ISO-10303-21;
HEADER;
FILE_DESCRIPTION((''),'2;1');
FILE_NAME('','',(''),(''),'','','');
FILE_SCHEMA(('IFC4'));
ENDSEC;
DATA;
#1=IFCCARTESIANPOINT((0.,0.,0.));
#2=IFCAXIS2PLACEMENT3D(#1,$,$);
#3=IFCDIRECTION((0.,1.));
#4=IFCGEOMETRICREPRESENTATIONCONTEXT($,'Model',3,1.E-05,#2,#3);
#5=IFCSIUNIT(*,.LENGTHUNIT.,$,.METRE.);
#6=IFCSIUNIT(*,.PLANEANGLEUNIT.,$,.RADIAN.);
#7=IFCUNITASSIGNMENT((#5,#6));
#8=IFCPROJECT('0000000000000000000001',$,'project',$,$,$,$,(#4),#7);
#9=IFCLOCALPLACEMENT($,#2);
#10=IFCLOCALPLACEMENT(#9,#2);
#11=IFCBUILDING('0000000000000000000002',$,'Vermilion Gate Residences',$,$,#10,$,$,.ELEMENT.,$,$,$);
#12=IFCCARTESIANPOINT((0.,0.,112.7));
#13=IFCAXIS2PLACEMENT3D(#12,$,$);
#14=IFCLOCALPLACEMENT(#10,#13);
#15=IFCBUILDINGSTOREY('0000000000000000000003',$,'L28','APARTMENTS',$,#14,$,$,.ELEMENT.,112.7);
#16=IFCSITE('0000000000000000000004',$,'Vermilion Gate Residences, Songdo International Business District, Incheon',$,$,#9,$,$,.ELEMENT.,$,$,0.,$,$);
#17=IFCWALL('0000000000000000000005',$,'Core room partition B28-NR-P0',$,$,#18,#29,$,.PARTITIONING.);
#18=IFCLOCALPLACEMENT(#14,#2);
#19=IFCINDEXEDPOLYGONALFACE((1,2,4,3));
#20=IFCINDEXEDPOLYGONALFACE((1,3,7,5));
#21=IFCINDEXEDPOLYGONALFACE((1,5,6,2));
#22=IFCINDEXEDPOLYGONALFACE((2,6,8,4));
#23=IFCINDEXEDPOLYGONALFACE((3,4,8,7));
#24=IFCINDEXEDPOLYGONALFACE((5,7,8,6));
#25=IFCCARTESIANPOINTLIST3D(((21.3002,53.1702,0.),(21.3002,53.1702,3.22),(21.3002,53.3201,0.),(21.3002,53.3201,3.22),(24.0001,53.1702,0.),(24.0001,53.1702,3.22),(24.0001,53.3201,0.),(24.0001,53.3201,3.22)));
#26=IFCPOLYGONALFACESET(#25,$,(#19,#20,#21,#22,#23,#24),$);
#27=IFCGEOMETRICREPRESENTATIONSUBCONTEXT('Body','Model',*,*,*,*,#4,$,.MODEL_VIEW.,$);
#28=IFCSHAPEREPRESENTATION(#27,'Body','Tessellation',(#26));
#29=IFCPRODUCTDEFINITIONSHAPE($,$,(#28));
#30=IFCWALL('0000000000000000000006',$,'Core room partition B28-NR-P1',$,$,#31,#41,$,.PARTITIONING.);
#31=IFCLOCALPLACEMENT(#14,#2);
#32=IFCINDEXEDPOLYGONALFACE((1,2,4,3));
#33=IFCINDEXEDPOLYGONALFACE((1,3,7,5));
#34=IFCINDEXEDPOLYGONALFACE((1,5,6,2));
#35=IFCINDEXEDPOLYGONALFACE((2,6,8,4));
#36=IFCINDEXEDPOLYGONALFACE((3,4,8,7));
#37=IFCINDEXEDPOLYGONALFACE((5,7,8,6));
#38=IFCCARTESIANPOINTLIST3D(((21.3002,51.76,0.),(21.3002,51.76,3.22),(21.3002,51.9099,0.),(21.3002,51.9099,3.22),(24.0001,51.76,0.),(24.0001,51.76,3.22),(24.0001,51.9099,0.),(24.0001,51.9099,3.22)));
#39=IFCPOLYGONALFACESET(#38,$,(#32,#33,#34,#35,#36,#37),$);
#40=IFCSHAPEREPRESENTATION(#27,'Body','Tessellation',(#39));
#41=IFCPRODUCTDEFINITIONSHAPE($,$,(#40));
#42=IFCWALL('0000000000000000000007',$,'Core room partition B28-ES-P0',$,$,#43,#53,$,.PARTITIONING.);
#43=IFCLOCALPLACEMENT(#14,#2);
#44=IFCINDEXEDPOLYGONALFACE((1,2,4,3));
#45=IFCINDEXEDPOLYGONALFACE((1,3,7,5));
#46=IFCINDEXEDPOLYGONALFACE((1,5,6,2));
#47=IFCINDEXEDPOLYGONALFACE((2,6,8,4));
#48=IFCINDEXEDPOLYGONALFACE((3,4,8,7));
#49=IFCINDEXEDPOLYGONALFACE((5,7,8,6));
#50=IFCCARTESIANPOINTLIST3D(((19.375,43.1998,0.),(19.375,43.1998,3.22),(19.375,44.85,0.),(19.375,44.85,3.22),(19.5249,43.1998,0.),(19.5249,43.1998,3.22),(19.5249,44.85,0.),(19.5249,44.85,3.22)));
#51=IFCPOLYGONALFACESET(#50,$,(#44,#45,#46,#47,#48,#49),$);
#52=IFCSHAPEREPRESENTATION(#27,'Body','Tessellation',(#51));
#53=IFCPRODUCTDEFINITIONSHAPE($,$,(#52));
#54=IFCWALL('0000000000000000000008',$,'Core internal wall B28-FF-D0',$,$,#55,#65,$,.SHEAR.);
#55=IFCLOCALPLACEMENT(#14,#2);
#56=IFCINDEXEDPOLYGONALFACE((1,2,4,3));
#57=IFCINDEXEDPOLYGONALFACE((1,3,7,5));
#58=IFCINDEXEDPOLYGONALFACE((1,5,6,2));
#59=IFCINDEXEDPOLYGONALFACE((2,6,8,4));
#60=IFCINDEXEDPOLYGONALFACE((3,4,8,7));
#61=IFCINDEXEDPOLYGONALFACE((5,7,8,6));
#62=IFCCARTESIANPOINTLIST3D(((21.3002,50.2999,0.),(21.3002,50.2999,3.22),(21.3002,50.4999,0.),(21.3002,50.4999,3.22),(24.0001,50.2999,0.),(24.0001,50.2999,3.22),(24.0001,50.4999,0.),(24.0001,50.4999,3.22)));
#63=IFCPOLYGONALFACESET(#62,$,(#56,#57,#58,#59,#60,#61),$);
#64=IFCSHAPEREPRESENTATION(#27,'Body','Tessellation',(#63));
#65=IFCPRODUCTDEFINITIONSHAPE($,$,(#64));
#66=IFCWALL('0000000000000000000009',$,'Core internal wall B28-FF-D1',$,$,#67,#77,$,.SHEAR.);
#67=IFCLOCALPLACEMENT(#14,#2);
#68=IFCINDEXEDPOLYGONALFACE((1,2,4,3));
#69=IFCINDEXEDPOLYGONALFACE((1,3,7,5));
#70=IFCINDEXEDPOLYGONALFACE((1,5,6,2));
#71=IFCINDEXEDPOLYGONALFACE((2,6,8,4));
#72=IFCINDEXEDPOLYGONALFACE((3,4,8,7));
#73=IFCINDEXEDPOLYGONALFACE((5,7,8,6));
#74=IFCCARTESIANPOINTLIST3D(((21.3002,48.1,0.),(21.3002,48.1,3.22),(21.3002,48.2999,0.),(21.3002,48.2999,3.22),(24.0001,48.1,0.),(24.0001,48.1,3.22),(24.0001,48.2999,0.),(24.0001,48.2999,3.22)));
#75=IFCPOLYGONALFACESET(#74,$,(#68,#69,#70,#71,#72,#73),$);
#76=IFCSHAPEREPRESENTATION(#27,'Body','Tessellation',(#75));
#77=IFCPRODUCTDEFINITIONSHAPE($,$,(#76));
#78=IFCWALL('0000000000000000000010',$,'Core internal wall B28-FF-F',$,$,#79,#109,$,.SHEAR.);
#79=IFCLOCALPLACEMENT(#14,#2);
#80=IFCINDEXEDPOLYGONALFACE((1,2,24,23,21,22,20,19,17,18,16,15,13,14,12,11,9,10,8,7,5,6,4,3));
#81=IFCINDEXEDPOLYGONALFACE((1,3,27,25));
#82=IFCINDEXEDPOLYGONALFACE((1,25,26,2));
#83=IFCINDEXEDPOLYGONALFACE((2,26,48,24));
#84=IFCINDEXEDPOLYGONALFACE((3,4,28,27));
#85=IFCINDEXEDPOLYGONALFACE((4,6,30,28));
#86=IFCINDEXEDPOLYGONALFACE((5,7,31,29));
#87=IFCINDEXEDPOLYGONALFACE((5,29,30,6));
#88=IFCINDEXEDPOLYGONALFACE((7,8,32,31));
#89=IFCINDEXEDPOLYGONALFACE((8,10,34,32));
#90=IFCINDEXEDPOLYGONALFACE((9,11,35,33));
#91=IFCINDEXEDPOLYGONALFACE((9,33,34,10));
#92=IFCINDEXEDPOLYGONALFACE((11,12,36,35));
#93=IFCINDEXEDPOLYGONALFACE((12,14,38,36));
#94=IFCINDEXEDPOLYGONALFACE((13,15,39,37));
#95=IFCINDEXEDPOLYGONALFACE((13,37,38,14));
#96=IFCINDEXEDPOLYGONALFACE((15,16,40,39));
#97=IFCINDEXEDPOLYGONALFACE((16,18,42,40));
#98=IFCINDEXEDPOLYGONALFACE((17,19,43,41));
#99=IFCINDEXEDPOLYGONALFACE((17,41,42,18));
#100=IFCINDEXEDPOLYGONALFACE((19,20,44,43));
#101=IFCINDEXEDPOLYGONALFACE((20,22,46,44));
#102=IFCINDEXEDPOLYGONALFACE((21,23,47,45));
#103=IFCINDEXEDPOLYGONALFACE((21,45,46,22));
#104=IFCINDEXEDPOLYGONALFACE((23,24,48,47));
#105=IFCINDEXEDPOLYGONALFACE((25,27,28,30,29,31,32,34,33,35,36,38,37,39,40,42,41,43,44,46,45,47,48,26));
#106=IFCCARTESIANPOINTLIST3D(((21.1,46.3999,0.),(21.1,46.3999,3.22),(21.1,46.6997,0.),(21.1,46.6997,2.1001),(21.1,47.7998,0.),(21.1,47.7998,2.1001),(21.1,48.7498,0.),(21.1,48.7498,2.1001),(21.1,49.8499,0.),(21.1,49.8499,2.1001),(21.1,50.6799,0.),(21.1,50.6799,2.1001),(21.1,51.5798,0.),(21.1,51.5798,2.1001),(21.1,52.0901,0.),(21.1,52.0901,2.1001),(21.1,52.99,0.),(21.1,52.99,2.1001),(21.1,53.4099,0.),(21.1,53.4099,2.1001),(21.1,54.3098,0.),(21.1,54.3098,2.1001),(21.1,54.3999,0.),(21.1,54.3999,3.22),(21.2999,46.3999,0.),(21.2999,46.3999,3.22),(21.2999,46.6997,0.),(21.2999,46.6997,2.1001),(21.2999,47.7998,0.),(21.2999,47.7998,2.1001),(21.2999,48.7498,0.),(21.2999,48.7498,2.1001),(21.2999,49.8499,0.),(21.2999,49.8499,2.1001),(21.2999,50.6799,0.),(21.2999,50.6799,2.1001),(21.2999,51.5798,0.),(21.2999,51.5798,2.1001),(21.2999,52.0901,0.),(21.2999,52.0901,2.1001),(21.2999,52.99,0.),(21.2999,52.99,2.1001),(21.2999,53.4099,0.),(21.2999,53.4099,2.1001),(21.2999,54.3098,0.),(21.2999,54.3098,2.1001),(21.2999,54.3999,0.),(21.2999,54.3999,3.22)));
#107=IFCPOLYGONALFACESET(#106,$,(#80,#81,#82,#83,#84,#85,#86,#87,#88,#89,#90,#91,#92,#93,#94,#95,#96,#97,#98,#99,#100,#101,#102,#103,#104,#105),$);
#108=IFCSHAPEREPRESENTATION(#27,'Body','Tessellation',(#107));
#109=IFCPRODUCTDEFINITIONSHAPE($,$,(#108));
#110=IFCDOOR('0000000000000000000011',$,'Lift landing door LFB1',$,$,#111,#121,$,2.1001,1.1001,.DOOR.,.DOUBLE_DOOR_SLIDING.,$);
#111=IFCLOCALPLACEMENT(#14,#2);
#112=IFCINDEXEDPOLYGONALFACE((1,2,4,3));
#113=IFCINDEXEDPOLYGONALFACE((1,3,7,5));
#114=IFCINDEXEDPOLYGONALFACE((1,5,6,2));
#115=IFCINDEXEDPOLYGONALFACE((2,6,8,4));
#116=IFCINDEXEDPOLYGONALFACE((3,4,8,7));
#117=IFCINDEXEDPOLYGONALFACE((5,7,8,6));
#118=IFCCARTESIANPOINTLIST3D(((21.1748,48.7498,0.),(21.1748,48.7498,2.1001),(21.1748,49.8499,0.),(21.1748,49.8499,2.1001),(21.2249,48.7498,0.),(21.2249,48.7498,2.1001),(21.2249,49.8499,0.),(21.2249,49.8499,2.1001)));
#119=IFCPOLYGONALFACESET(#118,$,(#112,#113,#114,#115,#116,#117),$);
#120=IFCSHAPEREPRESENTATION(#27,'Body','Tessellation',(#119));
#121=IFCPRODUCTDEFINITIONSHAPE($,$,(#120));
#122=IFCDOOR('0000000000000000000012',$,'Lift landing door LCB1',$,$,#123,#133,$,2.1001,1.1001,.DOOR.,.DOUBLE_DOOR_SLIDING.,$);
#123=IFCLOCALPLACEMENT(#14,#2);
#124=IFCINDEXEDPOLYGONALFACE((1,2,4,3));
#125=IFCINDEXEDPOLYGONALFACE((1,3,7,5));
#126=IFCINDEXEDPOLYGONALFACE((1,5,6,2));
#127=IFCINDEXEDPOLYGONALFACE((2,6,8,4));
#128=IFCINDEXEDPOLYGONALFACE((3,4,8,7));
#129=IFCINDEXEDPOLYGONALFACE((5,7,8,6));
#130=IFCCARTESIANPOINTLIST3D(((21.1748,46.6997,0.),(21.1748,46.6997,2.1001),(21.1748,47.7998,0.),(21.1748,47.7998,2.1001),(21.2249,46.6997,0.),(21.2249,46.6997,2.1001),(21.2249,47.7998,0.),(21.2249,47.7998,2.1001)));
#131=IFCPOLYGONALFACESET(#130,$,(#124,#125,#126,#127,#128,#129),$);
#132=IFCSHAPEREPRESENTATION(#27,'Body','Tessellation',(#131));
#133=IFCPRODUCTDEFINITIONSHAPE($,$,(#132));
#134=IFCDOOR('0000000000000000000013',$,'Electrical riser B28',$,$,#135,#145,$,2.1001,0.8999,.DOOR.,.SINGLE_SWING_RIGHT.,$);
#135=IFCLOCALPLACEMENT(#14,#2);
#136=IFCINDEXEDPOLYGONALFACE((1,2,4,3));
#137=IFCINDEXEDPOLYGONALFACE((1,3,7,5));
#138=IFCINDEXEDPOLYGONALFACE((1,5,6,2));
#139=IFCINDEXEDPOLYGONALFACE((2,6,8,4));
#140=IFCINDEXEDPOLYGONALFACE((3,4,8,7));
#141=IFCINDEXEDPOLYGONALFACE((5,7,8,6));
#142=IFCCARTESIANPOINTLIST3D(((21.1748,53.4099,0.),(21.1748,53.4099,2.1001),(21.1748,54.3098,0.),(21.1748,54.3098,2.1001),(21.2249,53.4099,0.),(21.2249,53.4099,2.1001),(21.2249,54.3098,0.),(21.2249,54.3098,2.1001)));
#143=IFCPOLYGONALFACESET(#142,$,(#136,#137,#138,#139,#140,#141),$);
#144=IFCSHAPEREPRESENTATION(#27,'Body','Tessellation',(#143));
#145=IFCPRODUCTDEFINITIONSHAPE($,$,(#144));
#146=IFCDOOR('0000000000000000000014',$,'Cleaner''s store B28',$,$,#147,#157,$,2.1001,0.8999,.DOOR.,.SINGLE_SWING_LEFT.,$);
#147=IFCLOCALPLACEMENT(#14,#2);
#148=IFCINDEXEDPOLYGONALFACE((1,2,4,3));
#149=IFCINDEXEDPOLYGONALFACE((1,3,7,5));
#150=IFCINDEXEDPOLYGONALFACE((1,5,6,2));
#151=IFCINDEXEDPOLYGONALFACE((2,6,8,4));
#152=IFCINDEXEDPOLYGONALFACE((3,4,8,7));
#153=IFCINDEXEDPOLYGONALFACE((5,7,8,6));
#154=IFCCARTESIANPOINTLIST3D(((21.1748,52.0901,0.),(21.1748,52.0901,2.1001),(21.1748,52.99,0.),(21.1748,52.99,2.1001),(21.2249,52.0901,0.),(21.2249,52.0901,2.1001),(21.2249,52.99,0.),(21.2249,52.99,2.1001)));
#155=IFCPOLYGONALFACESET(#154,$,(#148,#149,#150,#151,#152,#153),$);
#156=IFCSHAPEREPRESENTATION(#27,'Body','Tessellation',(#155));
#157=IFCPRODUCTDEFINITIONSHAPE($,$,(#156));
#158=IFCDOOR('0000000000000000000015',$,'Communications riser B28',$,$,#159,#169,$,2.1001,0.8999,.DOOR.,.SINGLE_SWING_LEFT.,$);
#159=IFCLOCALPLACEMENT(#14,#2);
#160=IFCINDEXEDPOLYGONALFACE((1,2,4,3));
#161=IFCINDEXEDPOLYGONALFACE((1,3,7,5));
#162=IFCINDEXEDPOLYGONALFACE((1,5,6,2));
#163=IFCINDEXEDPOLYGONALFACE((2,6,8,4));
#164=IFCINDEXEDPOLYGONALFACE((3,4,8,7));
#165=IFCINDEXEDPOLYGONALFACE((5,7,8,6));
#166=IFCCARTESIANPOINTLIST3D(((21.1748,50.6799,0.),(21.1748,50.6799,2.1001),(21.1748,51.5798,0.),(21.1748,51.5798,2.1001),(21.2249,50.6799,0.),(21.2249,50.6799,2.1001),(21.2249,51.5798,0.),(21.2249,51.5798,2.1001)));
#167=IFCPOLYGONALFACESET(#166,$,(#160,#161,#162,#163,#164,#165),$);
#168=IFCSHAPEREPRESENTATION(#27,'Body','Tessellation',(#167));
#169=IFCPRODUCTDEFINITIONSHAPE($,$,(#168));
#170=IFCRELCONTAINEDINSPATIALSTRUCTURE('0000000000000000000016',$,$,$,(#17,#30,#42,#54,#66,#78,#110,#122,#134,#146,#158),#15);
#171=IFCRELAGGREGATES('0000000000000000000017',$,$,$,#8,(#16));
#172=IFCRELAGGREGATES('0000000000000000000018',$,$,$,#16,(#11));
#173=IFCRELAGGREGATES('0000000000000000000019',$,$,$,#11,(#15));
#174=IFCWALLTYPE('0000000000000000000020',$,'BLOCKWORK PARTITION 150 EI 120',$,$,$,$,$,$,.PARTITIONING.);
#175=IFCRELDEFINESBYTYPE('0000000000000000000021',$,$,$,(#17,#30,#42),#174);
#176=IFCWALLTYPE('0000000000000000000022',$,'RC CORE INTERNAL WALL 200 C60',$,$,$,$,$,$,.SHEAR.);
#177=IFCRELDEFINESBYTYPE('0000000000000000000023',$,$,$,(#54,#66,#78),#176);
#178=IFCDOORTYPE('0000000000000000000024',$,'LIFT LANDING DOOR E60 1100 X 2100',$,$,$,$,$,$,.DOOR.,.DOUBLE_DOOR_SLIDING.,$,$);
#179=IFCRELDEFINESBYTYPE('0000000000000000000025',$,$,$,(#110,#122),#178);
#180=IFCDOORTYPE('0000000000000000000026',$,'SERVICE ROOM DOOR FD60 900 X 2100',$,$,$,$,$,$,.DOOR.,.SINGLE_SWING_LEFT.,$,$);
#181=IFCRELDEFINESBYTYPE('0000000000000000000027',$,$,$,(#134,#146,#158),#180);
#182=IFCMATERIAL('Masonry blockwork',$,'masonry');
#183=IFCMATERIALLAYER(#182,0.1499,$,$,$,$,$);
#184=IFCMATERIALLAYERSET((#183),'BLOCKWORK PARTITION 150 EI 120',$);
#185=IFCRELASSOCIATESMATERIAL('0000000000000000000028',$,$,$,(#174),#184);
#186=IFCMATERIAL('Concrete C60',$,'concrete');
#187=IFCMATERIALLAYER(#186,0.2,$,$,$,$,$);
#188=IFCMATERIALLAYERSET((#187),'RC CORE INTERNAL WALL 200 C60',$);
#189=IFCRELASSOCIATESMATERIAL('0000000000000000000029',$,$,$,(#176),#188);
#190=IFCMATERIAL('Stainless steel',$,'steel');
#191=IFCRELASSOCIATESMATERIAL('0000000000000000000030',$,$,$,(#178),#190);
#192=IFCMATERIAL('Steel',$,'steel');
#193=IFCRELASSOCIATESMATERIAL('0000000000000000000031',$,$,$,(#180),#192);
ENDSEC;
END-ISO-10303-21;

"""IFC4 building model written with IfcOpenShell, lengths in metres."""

from ifc_helpers import new_model, si_unit, direction, frame, frame_2d, origin, place, context, subcontext, project, spatial, rectangle, extrude, material, layer, layer_set, type_object, element, fill, save


model = new_model("IFC4")

# Units and contexts
model_context = context("Model", 3, precision=1e-05, world=origin(), true_north=direction((0.0, 1.0)))
body_context = subcontext(model_context, "Body", "Model", "MODEL_VIEW")
ifc_project = project(units=[si_unit("LENGTHUNIT", "METRE"), si_unit("PLANEANGLEUNIT", "RADIAN")], contexts=[model_context])

# Site, building, storey
site_placement = place(None, origin())
site = spatial("IfcSite", under=ifc_project, at=site_placement, Name="Vermilion Gate Residences, Songdo International Business District, Incheon", CompositionType="ELEMENT", RefElevation=0.0)
building_placement = place(site_placement, origin())
building = spatial("IfcBuilding", under=site, at=building_placement, Name="Vermilion Gate Residences", CompositionType="ELEMENT")
storey_placement = place(building_placement, frame((0.0, 0.0, 112.7)))
storey = spatial("IfcBuildingStorey", under=building, at=storey_placement, Name="L28", Description="APARTMENTS", CompositionType="ELEMENT", Elevation=112.7)

# Walls
ifc_material_1 = material(Name="Masonry blockwork", Category="masonry")
ifc_layer_1 = layer(ifc_material_1, 0.1499)
ifc_layer_set_1 = layer_set([ifc_layer_1], Name="BLOCKWORK PARTITION 150 EI 120")
wall_type_1 = type_object("IfcWallType", Name="BLOCKWORK PARTITION 150 EI 120", PredefinedType="PARTITIONING", material=ifc_layer_set_1)
for number, where, z_axis, x_axis, name in (
    (1, (21.3, 53.2451, 0.0), (0.0, 0.0, 1.0), (1.0, 0.0, 0.0), "Core room partition B28-NR-P0"),
    (2, (21.3, 51.835, 0.0), (0.0, 0.0, 1.0), (1.0, 0.0, 0.0), "Core room partition B28-NR-P1"),
):
    element("IfcWall", number, at=place(storey_placement, frame(where, z_axis=z_axis, x_axis=x_axis)), inside=storey, type_object=wall_type_1, Name=name, PredefinedType="PARTITIONING", context=body_context, shape_type="SweptSolid", body=[
        extrude(rectangle(XDim=2.7, YDim=0.1499, at=frame_2d((1.3501, 0.0))), origin(), (0.0, 0.0, 1.0), 3.22),
    ])
wall_1_placement = place(storey_placement, frame((19.45, 44.8501, 0.0), z_axis=(0.0, 0.0, 1.0), x_axis=(0.0, -1.0, 0.0)))
element("IfcWall", 3, at=wall_1_placement, inside=storey, type_object=wall_type_1, Name="Core room partition B28-ES-P0", PredefinedType="PARTITIONING", context=body_context, shape_type="SweptSolid", body=[
    extrude(rectangle(XDim=1.6501, YDim=0.1499, at=frame_2d((0.8252, 0.0))), origin(), (0.0, 0.0, 1.0), 3.22),
])
ifc_material_2 = material(Name="Concrete C60", Category="concrete")
ifc_layer_2 = layer(ifc_material_2, 0.2)
ifc_layer_set_2 = layer_set([ifc_layer_2], Name="RC CORE INTERNAL WALL 200 C60")
wall_type_2 = type_object("IfcWallType", Name="RC CORE INTERNAL WALL 200 C60", PredefinedType="SHEAR", material=ifc_layer_set_2)
for number, where, z_axis, x_axis, name in (
    (4, (21.3, 50.3999, 0.0), (0.0, 0.0, 1.0), (1.0, 0.0, 0.0), "Core internal wall B28-FF-D0"),
    (5, (21.3, 48.2, 0.0), (0.0, 0.0, 1.0), (1.0, 0.0, 0.0), "Core internal wall B28-FF-D1"),
):
    element("IfcWall", number, at=place(storey_placement, frame(where, z_axis=z_axis, x_axis=x_axis)), inside=storey, type_object=wall_type_2, Name=name, PredefinedType="SHEAR", context=body_context, shape_type="SweptSolid", body=[
        extrude(rectangle(XDim=2.7, YDim=0.2, at=frame_2d((1.3501, 0.0))), origin(), (0.0, 0.0, 1.0), 3.22),
    ])

# Wall, openings, doors
wall_2_placement = place(storey_placement, frame((21.2, 54.3999, 0.0), z_axis=(0.0, 0.0, 1.0), x_axis=(0.0, -1.0, 0.0)))
wall_2 = element("IfcWall", 6, at=wall_2_placement, inside=storey, type_object=wall_type_2, Name="Core internal wall B28-FF-F", PredefinedType="SHEAR", context=body_context, shape_type="SweptSolid", body=[
    extrude(rectangle(XDim=8.0, YDim=0.2, at=frame_2d((4.0, 0.0))), origin(), (0.0, 0.0, 1.0), 3.22),
])
opening_1_placement = place(wall_2_placement, frame((0.0901, 0.0, 0.0)))
opening_1 = element("IfcOpeningElement", 7, at=opening_1_placement, cuts=wall_2, PredefinedType="OPENING", context=body_context, shape_type="SweptSolid", body=[
    extrude(rectangle(XDim=0.8999, YDim=2.1001, at=frame_2d((0.45, 1.05))), frame((0.0, 0.1099, 0.0), z_axis=(0.0, -1.0, 0.0), x_axis=(1.0, 0.0, 0.0)), (0.0, 0.0, 1.0), 0.22),
])
opening_2_placement = place(wall_2_placement, frame((1.4099, 0.0, 0.0)))
opening_2 = element("IfcOpeningElement", 8, at=opening_2_placement, cuts=wall_2, PredefinedType="OPENING", context=body_context, shape_type="SweptSolid", body=[
    extrude(rectangle(XDim=0.8999, YDim=2.1001, at=frame_2d((0.45, 1.05))), frame((0.0, 0.1099, 0.0), z_axis=(0.0, -1.0, 0.0), x_axis=(1.0, 0.0, 0.0)), (0.0, 0.0, 1.0), 0.22),
])
opening_3_placement = place(wall_2_placement, frame((2.8201, 0.0, 0.0)))
opening_3 = element("IfcOpeningElement", 9, at=opening_3_placement, cuts=wall_2, PredefinedType="OPENING", context=body_context, shape_type="SweptSolid", body=[
    extrude(rectangle(XDim=0.8999, YDim=2.1001, at=frame_2d((0.45, 1.05))), frame((0.0, 0.1099, 0.0), z_axis=(0.0, -1.0, 0.0), x_axis=(1.0, 0.0, 0.0)), (0.0, 0.0, 1.0), 0.22),
])
opening_4_placement = place(wall_2_placement, frame((4.55, 0.0, 0.0)))
opening_4 = element("IfcOpeningElement", 10, at=opening_4_placement, cuts=wall_2, PredefinedType="OPENING", context=body_context, shape_type="SweptSolid", body=[
    extrude(rectangle(XDim=1.1001, YDim=2.1001, at=frame_2d((0.55, 1.05))), frame((0.0, 0.1099, 0.0), z_axis=(0.0, -1.0, 0.0), x_axis=(1.0, 0.0, 0.0)), (0.0, 0.0, 1.0), 0.22),
])
opening_5_placement = place(wall_2_placement, frame((6.6001, 0.0, 0.0)))
opening_5 = element("IfcOpeningElement", 11, at=opening_5_placement, cuts=wall_2, PredefinedType="OPENING", context=body_context, shape_type="SweptSolid", body=[
    extrude(rectangle(XDim=1.1001, YDim=2.1001, at=frame_2d((0.55, 1.05))), frame((0.0, 0.1099, 0.0), z_axis=(0.0, -1.0, 0.0), x_axis=(1.0, 0.0, 0.0)), (0.0, 0.0, 1.0), 0.22),
])
ifc_material_3 = material(Name="Stainless steel", Category="steel")
door_type_1 = type_object("IfcDoorType", Name="LIFT LANDING DOOR E60 1100 X 2100", OperationType="DOUBLE_DOOR_SLIDING", PredefinedType="DOOR", material=ifc_material_3)
door_1_placement = place(opening_4_placement, origin())
door_1 = element("IfcDoor", 12, at=door_1_placement, inside=storey, type_object=door_type_1, Name="Lift landing door LFB1", OperationType="DOUBLE_DOOR_SLIDING", OverallHeight=2.1001, OverallWidth=1.1001, PredefinedType="DOOR", context=body_context, shape_type="SweptSolid", body=[
    extrude(rectangle(XDim=1.1001, YDim=2.1001, at=frame_2d((0.55, 1.05))), frame((0.0, 0.0249, 0.0), z_axis=(0.0, -1.0, 0.0), x_axis=(1.0, 0.0, 0.0)), (0.0, 0.0, 1.0), 0.05),
])
fill(opening_4, door_1)
door_2_placement = place(opening_5_placement, origin())
door_2 = element("IfcDoor", 13, at=door_2_placement, inside=storey, type_object=door_type_1, Name="Lift landing door LCB1", OperationType="DOUBLE_DOOR_SLIDING", OverallHeight=2.1001, OverallWidth=1.1001, PredefinedType="DOOR", context=body_context, shape_type="SweptSolid", body=[
    extrude(rectangle(XDim=1.1001, YDim=2.1001, at=frame_2d((0.55, 1.05))), frame((0.0, 0.0249, 0.0), z_axis=(0.0, -1.0, 0.0), x_axis=(1.0, 0.0, 0.0)), (0.0, 0.0, 1.0), 0.05),
])
fill(opening_5, door_2)
ifc_material_4 = material(Name="Steel", Category="steel")
door_type_2 = type_object("IfcDoorType", Name="SERVICE ROOM DOOR FD60 900 X 2100", OperationType="SINGLE_SWING_LEFT", PredefinedType="DOOR", material=ifc_material_4)
door_3_placement = place(opening_1_placement, origin())
door_3 = element("IfcDoor", 14, at=door_3_placement, inside=storey, type_object=door_type_2, Name="Electrical riser B28", OperationType="SINGLE_SWING_RIGHT", OverallHeight=2.1001, OverallWidth=0.8999, PredefinedType="DOOR", context=body_context, shape_type="SweptSolid", body=[
    extrude(rectangle(XDim=0.8999, YDim=2.1001, at=frame_2d((0.45, 1.05))), frame((0.0, 0.0249, 0.0), z_axis=(0.0, -1.0, 0.0), x_axis=(1.0, 0.0, 0.0)), (0.0, 0.0, 1.0), 0.05),
])
fill(opening_1, door_3)
door_4_placement = place(opening_2_placement, origin())
door_4 = element("IfcDoor", 15, at=door_4_placement, inside=storey, type_object=door_type_2, Name="Cleaner's store B28", OperationType="SINGLE_SWING_LEFT", OverallHeight=2.1001, OverallWidth=0.8999, PredefinedType="DOOR", context=body_context, shape_type="SweptSolid", body=[
    extrude(rectangle(XDim=0.8999, YDim=2.1001, at=frame_2d((0.45, 1.05))), frame((0.0, 0.0249, 0.0), z_axis=(0.0, -1.0, 0.0), x_axis=(1.0, 0.0, 0.0)), (0.0, 0.0, 1.0), 0.05),
])
fill(opening_2, door_4)
door_5_placement = place(opening_3_placement, origin())
door_5 = element("IfcDoor", 16, at=door_5_placement, inside=storey, type_object=door_type_2, Name="Communications riser B28", OperationType="SINGLE_SWING_LEFT", OverallHeight=2.1001, OverallWidth=0.8999, PredefinedType="DOOR", context=body_context, shape_type="SweptSolid", body=[
    extrude(rectangle(XDim=0.8999, YDim=2.1001, at=frame_2d((0.45, 1.05))), frame((0.0, 0.0249, 0.0), z_axis=(0.0, -1.0, 0.0), x_axis=(1.0, 0.0, 0.0)), (0.0, 0.0, 1.0), 0.05),
])
fill(opening_3, door_5)

save(model, "model.ifc")
